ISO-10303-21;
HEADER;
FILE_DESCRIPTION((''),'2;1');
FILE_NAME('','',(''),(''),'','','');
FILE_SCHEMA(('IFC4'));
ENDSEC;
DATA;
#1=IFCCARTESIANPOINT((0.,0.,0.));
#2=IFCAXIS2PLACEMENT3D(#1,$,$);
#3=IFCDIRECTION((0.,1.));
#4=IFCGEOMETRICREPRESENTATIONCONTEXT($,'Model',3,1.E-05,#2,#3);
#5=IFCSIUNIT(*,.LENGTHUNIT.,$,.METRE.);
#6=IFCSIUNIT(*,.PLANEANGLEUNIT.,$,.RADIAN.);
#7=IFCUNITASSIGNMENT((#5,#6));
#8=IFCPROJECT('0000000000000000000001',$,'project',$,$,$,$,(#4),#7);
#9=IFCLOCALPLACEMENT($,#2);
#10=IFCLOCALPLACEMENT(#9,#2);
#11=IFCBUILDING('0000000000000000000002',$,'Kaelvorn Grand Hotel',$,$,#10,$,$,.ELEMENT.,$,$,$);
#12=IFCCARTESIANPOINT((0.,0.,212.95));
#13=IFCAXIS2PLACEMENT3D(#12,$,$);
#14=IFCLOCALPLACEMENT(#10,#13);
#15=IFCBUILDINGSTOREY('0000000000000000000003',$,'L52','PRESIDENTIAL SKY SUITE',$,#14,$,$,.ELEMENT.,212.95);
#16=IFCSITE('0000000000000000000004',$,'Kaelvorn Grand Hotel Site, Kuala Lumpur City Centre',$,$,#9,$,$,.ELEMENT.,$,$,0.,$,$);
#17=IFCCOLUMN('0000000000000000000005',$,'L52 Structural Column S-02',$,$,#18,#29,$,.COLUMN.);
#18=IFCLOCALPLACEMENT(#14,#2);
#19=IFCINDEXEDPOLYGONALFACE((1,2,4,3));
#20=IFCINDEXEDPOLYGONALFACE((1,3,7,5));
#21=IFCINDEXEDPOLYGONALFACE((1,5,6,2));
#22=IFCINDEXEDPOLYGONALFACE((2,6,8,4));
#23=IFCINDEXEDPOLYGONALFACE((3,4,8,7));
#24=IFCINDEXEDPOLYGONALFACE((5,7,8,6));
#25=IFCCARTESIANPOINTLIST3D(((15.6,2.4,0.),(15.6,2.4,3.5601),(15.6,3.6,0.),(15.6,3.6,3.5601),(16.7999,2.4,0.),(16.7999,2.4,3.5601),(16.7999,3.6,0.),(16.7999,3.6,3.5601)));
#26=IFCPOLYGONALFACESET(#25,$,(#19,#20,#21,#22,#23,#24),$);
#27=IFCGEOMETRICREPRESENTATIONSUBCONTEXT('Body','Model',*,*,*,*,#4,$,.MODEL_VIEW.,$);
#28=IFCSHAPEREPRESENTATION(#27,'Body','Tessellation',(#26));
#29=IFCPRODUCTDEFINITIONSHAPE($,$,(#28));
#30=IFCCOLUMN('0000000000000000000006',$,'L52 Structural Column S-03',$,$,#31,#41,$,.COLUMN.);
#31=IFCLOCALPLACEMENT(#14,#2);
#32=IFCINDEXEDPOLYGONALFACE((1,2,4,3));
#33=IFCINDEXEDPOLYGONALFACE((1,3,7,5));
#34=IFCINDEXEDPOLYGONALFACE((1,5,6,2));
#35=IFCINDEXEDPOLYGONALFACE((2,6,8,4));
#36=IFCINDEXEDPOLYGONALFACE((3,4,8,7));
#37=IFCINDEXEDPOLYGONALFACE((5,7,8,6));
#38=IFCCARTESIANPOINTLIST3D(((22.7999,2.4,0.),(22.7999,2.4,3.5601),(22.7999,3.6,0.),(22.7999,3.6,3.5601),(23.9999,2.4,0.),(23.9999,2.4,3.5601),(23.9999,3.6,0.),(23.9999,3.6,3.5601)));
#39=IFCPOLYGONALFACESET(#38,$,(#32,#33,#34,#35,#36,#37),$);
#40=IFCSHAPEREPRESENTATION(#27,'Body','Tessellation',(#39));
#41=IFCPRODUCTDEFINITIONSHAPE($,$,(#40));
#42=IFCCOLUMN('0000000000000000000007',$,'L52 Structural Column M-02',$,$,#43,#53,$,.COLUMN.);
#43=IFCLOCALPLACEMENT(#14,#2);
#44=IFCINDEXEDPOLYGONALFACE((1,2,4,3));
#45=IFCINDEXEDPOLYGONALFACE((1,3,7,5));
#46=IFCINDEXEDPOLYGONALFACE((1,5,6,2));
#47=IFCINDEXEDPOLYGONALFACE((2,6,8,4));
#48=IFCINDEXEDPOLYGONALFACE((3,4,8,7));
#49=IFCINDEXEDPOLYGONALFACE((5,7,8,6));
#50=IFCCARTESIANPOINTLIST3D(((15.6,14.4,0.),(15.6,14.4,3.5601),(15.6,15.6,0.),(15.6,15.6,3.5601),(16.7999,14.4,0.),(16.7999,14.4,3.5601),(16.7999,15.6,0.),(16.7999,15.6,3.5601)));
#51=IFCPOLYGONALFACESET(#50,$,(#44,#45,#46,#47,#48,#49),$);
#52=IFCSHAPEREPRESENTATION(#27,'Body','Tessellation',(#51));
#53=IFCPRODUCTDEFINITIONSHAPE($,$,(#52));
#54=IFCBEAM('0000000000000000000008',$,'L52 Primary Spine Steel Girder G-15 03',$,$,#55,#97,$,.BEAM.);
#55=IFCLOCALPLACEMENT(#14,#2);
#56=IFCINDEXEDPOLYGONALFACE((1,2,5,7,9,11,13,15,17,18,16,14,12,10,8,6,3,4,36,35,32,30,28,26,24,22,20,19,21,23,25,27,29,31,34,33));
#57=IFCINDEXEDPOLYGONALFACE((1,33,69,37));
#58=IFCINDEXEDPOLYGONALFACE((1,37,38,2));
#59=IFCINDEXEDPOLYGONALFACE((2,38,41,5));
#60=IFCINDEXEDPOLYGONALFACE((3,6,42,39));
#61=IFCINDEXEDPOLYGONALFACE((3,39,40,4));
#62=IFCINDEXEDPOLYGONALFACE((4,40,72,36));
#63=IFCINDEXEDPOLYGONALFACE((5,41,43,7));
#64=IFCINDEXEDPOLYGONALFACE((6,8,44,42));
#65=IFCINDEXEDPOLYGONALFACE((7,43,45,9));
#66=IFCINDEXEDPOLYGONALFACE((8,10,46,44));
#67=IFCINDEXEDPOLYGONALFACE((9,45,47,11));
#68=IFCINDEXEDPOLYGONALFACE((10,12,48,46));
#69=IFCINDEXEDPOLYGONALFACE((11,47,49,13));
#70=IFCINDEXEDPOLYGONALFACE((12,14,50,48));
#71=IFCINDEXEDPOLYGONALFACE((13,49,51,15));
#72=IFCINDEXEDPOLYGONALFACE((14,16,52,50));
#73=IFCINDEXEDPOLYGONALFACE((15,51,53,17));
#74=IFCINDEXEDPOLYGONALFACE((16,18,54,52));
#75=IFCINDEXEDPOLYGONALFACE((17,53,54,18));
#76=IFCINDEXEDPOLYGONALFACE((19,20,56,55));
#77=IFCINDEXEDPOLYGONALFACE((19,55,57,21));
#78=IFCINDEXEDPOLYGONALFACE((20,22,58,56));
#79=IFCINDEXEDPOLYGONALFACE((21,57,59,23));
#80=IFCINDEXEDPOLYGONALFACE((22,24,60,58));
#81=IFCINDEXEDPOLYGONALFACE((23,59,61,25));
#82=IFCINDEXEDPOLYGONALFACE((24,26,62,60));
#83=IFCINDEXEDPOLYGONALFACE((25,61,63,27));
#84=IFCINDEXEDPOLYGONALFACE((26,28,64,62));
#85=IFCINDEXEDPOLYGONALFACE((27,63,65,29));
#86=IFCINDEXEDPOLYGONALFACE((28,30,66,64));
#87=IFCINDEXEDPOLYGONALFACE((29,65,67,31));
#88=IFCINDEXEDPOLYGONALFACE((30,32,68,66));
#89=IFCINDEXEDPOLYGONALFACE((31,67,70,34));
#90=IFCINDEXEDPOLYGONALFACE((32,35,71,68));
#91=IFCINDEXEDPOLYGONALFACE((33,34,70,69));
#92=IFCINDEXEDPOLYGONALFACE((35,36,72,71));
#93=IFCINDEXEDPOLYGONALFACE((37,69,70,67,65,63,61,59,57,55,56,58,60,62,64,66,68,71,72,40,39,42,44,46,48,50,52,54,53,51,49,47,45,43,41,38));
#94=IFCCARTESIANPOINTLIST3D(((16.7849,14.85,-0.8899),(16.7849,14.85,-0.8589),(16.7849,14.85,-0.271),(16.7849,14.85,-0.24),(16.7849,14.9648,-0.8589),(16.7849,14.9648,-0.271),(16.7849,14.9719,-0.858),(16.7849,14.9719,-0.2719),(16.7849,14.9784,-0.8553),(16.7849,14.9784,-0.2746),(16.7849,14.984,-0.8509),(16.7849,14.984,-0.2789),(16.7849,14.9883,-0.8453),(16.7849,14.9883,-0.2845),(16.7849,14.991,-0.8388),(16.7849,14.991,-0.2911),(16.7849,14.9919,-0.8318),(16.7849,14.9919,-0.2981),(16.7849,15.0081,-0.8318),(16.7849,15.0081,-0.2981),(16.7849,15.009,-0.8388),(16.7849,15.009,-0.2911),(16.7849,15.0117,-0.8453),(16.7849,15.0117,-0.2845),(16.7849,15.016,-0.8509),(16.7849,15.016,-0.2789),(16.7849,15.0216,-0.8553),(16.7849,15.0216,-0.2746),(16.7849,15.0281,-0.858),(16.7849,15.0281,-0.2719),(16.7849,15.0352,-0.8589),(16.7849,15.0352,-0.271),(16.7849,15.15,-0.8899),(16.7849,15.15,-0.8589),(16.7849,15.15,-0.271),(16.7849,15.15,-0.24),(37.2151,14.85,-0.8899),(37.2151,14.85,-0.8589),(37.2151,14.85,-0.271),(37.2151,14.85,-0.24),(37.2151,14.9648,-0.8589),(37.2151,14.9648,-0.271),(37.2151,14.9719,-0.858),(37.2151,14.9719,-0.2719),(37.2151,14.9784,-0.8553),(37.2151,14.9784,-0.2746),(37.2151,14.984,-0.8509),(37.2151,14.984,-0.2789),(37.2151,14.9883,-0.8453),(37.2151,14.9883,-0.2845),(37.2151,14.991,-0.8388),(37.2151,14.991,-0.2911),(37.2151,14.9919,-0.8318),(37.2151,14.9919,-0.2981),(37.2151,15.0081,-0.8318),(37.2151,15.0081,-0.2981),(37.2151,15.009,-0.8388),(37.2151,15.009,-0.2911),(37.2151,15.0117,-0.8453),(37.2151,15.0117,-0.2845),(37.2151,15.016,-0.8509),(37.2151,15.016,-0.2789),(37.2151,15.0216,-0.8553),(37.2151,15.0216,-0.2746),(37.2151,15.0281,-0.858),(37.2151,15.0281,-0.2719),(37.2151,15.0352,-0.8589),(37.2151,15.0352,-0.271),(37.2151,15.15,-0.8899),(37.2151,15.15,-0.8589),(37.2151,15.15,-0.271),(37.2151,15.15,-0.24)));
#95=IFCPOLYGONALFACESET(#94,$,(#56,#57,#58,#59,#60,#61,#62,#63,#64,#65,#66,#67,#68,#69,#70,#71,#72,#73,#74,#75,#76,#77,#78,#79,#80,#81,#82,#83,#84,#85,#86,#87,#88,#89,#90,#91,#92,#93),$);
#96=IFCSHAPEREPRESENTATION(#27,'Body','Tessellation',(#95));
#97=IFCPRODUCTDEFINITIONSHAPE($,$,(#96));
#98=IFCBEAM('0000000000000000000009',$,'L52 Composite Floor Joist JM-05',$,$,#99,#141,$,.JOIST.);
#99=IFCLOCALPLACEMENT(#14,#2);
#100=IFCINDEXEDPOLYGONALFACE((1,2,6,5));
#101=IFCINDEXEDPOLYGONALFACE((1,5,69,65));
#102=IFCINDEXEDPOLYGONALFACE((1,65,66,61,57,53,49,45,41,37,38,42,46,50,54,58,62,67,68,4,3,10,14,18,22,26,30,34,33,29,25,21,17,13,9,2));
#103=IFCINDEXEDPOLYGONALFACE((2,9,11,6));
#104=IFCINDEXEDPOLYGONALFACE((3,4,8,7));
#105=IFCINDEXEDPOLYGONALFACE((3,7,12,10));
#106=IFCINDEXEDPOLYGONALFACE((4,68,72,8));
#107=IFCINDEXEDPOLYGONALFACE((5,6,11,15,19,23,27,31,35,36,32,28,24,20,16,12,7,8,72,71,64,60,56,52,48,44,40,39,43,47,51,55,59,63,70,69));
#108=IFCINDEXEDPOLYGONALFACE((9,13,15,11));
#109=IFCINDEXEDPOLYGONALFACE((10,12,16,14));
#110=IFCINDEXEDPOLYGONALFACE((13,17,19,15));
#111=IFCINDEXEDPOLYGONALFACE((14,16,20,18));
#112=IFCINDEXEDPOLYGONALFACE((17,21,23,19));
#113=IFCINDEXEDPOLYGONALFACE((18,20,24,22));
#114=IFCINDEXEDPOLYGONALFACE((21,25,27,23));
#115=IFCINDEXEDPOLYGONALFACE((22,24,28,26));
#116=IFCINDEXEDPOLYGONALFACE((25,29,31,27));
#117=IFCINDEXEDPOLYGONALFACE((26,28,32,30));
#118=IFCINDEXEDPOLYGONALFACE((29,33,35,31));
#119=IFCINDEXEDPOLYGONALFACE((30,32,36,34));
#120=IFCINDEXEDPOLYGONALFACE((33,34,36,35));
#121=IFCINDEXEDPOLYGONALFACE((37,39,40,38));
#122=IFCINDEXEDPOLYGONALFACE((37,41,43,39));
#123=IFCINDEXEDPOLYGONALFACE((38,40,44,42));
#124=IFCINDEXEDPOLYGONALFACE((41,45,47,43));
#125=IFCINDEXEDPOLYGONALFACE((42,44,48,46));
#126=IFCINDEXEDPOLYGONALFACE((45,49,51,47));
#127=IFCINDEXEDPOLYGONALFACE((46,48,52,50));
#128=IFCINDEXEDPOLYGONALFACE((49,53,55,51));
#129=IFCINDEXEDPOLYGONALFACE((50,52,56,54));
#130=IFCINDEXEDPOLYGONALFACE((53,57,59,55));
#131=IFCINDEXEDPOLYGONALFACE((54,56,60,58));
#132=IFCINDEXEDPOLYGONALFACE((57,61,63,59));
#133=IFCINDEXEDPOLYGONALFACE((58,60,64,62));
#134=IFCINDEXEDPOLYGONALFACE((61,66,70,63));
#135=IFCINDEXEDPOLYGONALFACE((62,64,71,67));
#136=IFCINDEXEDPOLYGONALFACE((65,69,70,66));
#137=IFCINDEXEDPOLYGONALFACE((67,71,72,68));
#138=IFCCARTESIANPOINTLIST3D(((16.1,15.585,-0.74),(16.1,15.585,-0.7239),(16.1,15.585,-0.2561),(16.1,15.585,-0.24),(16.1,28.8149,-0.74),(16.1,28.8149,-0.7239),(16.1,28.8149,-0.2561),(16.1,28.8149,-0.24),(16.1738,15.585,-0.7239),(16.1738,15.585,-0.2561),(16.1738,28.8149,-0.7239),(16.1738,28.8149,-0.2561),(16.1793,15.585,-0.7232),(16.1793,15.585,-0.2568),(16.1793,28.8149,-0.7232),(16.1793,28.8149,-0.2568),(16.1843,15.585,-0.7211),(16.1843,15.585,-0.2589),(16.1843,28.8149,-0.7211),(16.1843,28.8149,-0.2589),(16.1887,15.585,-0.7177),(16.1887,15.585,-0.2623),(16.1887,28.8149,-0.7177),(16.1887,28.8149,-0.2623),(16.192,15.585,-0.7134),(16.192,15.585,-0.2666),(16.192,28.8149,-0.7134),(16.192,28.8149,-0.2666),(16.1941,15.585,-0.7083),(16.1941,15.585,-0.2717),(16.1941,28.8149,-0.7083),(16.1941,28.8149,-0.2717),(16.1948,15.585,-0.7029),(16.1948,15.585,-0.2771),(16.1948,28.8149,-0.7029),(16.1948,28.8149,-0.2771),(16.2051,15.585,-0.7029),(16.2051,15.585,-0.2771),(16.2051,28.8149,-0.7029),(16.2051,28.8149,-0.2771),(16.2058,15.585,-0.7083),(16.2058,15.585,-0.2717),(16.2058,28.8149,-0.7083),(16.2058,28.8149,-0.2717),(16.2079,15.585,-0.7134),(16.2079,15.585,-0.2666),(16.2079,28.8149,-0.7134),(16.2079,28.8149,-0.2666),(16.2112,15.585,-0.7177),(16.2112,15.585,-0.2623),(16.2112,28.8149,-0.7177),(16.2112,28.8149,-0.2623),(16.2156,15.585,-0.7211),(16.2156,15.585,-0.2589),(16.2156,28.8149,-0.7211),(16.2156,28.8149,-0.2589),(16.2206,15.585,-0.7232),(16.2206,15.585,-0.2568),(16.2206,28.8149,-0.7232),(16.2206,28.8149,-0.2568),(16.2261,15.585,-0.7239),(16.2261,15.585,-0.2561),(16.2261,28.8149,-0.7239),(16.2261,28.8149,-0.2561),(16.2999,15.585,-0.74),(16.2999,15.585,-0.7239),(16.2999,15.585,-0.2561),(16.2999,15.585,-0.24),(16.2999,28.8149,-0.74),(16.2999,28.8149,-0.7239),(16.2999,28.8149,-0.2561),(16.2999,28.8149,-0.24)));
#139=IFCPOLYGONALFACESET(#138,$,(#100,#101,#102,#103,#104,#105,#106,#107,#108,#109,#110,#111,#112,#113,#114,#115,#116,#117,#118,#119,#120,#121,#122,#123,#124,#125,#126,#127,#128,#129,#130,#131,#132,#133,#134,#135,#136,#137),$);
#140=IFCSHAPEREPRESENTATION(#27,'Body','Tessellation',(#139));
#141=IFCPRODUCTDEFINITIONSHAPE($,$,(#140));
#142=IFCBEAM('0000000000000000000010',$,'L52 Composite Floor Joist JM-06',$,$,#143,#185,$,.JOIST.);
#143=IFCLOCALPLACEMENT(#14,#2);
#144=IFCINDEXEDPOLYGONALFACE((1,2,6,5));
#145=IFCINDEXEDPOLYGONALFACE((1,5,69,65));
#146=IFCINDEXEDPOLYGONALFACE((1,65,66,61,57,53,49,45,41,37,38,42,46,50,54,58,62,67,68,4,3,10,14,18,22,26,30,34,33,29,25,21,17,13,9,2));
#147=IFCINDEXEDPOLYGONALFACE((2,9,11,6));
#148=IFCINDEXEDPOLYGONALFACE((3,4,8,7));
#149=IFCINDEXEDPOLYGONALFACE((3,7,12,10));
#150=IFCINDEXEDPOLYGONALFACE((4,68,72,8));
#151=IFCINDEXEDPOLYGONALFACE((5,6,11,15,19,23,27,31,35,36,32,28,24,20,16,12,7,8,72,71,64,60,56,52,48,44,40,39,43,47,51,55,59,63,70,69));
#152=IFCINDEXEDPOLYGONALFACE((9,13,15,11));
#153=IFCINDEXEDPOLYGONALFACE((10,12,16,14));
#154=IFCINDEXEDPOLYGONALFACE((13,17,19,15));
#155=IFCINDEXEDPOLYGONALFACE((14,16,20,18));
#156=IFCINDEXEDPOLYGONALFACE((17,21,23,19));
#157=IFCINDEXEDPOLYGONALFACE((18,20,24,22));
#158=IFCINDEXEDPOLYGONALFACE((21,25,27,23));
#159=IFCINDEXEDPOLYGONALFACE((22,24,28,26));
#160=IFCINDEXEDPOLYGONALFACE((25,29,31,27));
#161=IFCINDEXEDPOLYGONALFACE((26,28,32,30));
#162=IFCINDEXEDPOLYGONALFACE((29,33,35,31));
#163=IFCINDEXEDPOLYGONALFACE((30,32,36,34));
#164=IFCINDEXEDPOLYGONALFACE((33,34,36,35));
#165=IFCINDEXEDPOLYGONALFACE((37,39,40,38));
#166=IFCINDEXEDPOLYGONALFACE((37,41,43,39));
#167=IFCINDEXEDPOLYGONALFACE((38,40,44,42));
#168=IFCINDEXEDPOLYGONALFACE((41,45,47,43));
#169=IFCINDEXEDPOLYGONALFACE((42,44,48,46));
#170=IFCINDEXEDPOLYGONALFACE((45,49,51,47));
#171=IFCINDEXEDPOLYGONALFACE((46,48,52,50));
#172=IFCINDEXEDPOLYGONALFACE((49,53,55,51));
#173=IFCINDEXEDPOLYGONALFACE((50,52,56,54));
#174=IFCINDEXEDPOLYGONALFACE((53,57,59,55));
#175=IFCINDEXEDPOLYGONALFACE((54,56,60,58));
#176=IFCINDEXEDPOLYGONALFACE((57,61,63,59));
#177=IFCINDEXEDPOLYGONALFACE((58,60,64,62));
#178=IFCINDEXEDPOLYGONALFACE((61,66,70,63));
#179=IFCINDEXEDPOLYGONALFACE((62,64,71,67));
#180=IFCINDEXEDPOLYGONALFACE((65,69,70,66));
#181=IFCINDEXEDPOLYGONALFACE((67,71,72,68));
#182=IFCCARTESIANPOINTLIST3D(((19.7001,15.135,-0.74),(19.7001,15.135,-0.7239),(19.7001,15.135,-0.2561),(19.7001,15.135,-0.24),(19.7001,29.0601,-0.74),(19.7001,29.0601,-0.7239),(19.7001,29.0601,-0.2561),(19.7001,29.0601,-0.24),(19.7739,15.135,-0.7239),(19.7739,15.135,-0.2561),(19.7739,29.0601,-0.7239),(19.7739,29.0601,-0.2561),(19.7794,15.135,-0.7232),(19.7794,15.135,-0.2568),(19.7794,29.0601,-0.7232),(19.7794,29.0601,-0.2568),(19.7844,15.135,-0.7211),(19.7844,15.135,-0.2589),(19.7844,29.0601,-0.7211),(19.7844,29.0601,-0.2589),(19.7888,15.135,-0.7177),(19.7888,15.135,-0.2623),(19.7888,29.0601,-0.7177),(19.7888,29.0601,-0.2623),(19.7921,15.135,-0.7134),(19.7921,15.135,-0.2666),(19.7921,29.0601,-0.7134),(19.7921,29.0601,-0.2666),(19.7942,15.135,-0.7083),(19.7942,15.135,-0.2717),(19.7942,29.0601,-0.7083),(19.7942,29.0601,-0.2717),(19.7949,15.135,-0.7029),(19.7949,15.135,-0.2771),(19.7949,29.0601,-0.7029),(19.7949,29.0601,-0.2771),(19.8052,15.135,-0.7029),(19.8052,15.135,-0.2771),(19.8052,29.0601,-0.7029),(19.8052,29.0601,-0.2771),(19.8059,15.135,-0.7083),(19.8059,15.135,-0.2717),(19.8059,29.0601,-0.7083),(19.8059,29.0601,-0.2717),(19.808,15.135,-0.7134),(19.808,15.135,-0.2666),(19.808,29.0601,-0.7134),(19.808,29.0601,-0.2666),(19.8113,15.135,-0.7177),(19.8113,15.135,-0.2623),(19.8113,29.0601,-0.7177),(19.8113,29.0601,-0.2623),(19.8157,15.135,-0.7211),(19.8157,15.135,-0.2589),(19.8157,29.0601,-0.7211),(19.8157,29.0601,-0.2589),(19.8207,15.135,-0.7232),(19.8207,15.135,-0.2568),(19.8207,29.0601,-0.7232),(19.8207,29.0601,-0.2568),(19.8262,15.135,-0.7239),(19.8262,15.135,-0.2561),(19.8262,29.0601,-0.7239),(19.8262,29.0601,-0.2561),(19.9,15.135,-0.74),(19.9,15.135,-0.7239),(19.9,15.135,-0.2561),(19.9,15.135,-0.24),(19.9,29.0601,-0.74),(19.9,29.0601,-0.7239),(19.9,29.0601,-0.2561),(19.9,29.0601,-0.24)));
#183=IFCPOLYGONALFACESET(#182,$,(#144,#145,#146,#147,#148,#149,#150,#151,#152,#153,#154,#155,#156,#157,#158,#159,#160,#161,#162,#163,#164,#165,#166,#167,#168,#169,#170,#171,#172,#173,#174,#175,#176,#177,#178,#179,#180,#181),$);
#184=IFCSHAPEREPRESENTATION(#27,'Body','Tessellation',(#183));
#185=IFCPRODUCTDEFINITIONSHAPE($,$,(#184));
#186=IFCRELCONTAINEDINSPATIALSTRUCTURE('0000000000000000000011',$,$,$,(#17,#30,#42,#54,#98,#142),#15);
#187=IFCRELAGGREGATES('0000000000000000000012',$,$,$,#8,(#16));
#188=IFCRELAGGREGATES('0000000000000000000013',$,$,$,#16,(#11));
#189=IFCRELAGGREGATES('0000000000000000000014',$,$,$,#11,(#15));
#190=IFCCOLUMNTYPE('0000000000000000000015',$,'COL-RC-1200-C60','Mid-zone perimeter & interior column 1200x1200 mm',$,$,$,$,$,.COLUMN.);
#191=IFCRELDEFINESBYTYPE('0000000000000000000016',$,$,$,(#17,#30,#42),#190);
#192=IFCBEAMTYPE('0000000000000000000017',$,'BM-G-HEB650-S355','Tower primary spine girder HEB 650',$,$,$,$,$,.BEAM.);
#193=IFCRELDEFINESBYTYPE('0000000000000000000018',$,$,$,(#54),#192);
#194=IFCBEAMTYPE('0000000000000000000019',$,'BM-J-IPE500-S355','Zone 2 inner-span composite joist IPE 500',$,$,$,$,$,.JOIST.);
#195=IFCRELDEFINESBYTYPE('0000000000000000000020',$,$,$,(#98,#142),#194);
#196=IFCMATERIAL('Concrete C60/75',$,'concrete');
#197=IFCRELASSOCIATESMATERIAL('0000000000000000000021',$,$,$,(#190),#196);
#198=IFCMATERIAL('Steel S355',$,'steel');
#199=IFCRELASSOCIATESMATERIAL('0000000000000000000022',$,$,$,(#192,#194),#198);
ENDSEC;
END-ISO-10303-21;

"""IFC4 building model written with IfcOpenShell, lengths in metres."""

from ifc_helpers import new_model, si_unit, direction, frame, origin, origin_2d, place, context, subcontext, project, spatial, rectangle, i_section, extrude, material, material_profile, profile_set, type_object, element, save


model = new_model("IFC4")

# Units and contexts
model_context = context("Model", 3, precision=1e-05, world=origin(), true_north=direction((0.0, 1.0)))
body_context = subcontext(model_context, "Body", "Model", "MODEL_VIEW")
ifc_project = project(units=[si_unit("LENGTHUNIT", "METRE"), si_unit("PLANEANGLEUNIT", "RADIAN")], contexts=[model_context])

# Site, building, storey
site_placement = place(None, origin())
site = spatial("IfcSite", under=ifc_project, at=site_placement, Name="Kaelvorn Grand Hotel Site, Kuala Lumpur City Centre", CompositionType="ELEMENT", RefElevation=0.0)
building_placement = place(site_placement, origin())
building = spatial("IfcBuilding", under=site, at=building_placement, Name="Kaelvorn Grand Hotel", CompositionType="ELEMENT")
storey_placement = place(building_placement, frame((0.0, 0.0, 212.95)))
storey = spatial("IfcBuildingStorey", under=building, at=storey_placement, Name="L52", Description="PRESIDENTIAL SKY SUITE", CompositionType="ELEMENT", Elevation=212.95)

# Columns
ifc_material_1 = material(Name="Concrete C60/75", Category="concrete")
ifc_material_profile_1 = material_profile(ifc_material_1, rectangle(XDim=1.2, YDim=1.2, at=origin_2d()), Name="RC COL 1200x1200")
ifc_profile_set_1 = profile_set([ifc_material_profile_1], Name="Concrete C60/75")
column_type = type_object("IfcColumnType", Name="COL-RC-1200-C60", Description="Mid-zone perimeter & interior column 1200x1200 mm", PredefinedType="COLUMN", material=ifc_profile_set_1)
for number, where, z_axis, x_axis, name in (
    (1, (16.2, 3.0, 0.0), (0.0, 0.0, 1.0), (1.0, 0.0, 0.0), "L52 Structural Column S-02"),
    (2, (23.3999, 3.0, 0.0), (0.0, 0.0, 1.0), (1.0, 0.0, 0.0), "L52 Structural Column S-03"),
    (3, (16.2, 15.0, 0.0), (0.0, 0.0, 1.0), (1.0, 0.0, 0.0), "L52 Structural Column M-02"),
):
    element("IfcColumn", number, at=place(storey_placement, frame(where, z_axis=z_axis, x_axis=x_axis)), inside=storey, type_object=column_type, Name=name, PredefinedType="COLUMN", context=body_context, shape_type="SweptSolid", body=[
        extrude(rectangle(XDim=1.2, YDim=1.2, at=origin_2d()), origin(), (0.0, 0.0, 1.0), 3.5601),
    ])

# Beams
ifc_material_2 = material(Name="Steel S355", Category="steel")
ifc_material_profile_2 = material_profile(ifc_material_2, i_section(OverallWidth=0.3, OverallDepth=0.6499, WebThickness=0.0161, FlangeThickness=0.031, FilletRadius=0.0271, at=origin_2d()), Name="HEB 650")
ifc_profile_set_2 = profile_set([ifc_material_profile_2], Name="Steel S355")
beam_type_1 = type_object("IfcBeamType", Name="BM-G-HEB650-S355", Description="Tower primary spine girder HEB 650", PredefinedType="BEAM", material=ifc_profile_set_2)
beam_1_placement = place(storey_placement, frame((16.7849, 15.0, -0.5649), z_axis=(1.0, 0.0, 0.0), x_axis=(0.0, 1.0, 0.0)))
element("IfcBeam", 4, at=beam_1_placement, inside=storey, type_object=beam_type_1, Name="L52 Primary Spine Steel Girder G-15 03", PredefinedType="BEAM", context=body_context, shape_type="SweptSolid", body=[
    extrude(i_section(OverallWidth=0.3, OverallDepth=0.6499, WebThickness=0.0161, FlangeThickness=0.031, FilletRadius=0.0271, at=origin_2d()), origin(), (0.0, 0.0, 1.0), 20.4302),
])
ifc_material_profile_3 = material_profile(ifc_material_2, i_section(OverallWidth=0.2, OverallDepth=0.5, WebThickness=0.0103, FlangeThickness=0.0161, FilletRadius=0.021, at=origin_2d()), Name="IPE 500")
ifc_profile_set_3 = profile_set([ifc_material_profile_3], Name="Steel S355")
beam_type_2 = type_object("IfcBeamType", Name="BM-J-IPE500-S355", Description="Zone 2 inner-span composite joist IPE 500", PredefinedType="JOIST", material=ifc_profile_set_3)
beam_2_placement = place(storey_placement, frame((16.2, 15.585, -0.49), z_axis=(0.0, 1.0, 0.0), x_axis=(-1.0, 0.0, 0.0)))
element("IfcBeam", 5, at=beam_2_placement, inside=storey, type_object=beam_type_2, Name="L52 Composite Floor Joist JM-05", PredefinedType="JOIST", context=body_context, shape_type="SweptSolid", body=[
    extrude(i_section(OverallWidth=0.2, OverallDepth=0.5, WebThickness=0.0103, FlangeThickness=0.0161, FilletRadius=0.021, at=origin_2d()), origin(), (0.0, 0.0, 1.0), 13.23),
])
beam_3_placement = place(storey_placement, frame((19.8, 15.135, -0.49), z_axis=(0.0, 1.0, 0.0), x_axis=(-1.0, 0.0, 0.0)))
element("IfcBeam", 6, at=beam_3_placement, inside=storey, type_object=beam_type_2, Name="L52 Composite Floor Joist JM-06", PredefinedType="JOIST", context=body_context, shape_type="SweptSolid", body=[
    extrude(i_section(OverallWidth=0.2, OverallDepth=0.5, WebThickness=0.0103, FlangeThickness=0.0161, FilletRadius=0.021, at=origin_2d()), origin(), (0.0, 0.0, 1.0), 13.925),
])

save(model, "model.ifc")
